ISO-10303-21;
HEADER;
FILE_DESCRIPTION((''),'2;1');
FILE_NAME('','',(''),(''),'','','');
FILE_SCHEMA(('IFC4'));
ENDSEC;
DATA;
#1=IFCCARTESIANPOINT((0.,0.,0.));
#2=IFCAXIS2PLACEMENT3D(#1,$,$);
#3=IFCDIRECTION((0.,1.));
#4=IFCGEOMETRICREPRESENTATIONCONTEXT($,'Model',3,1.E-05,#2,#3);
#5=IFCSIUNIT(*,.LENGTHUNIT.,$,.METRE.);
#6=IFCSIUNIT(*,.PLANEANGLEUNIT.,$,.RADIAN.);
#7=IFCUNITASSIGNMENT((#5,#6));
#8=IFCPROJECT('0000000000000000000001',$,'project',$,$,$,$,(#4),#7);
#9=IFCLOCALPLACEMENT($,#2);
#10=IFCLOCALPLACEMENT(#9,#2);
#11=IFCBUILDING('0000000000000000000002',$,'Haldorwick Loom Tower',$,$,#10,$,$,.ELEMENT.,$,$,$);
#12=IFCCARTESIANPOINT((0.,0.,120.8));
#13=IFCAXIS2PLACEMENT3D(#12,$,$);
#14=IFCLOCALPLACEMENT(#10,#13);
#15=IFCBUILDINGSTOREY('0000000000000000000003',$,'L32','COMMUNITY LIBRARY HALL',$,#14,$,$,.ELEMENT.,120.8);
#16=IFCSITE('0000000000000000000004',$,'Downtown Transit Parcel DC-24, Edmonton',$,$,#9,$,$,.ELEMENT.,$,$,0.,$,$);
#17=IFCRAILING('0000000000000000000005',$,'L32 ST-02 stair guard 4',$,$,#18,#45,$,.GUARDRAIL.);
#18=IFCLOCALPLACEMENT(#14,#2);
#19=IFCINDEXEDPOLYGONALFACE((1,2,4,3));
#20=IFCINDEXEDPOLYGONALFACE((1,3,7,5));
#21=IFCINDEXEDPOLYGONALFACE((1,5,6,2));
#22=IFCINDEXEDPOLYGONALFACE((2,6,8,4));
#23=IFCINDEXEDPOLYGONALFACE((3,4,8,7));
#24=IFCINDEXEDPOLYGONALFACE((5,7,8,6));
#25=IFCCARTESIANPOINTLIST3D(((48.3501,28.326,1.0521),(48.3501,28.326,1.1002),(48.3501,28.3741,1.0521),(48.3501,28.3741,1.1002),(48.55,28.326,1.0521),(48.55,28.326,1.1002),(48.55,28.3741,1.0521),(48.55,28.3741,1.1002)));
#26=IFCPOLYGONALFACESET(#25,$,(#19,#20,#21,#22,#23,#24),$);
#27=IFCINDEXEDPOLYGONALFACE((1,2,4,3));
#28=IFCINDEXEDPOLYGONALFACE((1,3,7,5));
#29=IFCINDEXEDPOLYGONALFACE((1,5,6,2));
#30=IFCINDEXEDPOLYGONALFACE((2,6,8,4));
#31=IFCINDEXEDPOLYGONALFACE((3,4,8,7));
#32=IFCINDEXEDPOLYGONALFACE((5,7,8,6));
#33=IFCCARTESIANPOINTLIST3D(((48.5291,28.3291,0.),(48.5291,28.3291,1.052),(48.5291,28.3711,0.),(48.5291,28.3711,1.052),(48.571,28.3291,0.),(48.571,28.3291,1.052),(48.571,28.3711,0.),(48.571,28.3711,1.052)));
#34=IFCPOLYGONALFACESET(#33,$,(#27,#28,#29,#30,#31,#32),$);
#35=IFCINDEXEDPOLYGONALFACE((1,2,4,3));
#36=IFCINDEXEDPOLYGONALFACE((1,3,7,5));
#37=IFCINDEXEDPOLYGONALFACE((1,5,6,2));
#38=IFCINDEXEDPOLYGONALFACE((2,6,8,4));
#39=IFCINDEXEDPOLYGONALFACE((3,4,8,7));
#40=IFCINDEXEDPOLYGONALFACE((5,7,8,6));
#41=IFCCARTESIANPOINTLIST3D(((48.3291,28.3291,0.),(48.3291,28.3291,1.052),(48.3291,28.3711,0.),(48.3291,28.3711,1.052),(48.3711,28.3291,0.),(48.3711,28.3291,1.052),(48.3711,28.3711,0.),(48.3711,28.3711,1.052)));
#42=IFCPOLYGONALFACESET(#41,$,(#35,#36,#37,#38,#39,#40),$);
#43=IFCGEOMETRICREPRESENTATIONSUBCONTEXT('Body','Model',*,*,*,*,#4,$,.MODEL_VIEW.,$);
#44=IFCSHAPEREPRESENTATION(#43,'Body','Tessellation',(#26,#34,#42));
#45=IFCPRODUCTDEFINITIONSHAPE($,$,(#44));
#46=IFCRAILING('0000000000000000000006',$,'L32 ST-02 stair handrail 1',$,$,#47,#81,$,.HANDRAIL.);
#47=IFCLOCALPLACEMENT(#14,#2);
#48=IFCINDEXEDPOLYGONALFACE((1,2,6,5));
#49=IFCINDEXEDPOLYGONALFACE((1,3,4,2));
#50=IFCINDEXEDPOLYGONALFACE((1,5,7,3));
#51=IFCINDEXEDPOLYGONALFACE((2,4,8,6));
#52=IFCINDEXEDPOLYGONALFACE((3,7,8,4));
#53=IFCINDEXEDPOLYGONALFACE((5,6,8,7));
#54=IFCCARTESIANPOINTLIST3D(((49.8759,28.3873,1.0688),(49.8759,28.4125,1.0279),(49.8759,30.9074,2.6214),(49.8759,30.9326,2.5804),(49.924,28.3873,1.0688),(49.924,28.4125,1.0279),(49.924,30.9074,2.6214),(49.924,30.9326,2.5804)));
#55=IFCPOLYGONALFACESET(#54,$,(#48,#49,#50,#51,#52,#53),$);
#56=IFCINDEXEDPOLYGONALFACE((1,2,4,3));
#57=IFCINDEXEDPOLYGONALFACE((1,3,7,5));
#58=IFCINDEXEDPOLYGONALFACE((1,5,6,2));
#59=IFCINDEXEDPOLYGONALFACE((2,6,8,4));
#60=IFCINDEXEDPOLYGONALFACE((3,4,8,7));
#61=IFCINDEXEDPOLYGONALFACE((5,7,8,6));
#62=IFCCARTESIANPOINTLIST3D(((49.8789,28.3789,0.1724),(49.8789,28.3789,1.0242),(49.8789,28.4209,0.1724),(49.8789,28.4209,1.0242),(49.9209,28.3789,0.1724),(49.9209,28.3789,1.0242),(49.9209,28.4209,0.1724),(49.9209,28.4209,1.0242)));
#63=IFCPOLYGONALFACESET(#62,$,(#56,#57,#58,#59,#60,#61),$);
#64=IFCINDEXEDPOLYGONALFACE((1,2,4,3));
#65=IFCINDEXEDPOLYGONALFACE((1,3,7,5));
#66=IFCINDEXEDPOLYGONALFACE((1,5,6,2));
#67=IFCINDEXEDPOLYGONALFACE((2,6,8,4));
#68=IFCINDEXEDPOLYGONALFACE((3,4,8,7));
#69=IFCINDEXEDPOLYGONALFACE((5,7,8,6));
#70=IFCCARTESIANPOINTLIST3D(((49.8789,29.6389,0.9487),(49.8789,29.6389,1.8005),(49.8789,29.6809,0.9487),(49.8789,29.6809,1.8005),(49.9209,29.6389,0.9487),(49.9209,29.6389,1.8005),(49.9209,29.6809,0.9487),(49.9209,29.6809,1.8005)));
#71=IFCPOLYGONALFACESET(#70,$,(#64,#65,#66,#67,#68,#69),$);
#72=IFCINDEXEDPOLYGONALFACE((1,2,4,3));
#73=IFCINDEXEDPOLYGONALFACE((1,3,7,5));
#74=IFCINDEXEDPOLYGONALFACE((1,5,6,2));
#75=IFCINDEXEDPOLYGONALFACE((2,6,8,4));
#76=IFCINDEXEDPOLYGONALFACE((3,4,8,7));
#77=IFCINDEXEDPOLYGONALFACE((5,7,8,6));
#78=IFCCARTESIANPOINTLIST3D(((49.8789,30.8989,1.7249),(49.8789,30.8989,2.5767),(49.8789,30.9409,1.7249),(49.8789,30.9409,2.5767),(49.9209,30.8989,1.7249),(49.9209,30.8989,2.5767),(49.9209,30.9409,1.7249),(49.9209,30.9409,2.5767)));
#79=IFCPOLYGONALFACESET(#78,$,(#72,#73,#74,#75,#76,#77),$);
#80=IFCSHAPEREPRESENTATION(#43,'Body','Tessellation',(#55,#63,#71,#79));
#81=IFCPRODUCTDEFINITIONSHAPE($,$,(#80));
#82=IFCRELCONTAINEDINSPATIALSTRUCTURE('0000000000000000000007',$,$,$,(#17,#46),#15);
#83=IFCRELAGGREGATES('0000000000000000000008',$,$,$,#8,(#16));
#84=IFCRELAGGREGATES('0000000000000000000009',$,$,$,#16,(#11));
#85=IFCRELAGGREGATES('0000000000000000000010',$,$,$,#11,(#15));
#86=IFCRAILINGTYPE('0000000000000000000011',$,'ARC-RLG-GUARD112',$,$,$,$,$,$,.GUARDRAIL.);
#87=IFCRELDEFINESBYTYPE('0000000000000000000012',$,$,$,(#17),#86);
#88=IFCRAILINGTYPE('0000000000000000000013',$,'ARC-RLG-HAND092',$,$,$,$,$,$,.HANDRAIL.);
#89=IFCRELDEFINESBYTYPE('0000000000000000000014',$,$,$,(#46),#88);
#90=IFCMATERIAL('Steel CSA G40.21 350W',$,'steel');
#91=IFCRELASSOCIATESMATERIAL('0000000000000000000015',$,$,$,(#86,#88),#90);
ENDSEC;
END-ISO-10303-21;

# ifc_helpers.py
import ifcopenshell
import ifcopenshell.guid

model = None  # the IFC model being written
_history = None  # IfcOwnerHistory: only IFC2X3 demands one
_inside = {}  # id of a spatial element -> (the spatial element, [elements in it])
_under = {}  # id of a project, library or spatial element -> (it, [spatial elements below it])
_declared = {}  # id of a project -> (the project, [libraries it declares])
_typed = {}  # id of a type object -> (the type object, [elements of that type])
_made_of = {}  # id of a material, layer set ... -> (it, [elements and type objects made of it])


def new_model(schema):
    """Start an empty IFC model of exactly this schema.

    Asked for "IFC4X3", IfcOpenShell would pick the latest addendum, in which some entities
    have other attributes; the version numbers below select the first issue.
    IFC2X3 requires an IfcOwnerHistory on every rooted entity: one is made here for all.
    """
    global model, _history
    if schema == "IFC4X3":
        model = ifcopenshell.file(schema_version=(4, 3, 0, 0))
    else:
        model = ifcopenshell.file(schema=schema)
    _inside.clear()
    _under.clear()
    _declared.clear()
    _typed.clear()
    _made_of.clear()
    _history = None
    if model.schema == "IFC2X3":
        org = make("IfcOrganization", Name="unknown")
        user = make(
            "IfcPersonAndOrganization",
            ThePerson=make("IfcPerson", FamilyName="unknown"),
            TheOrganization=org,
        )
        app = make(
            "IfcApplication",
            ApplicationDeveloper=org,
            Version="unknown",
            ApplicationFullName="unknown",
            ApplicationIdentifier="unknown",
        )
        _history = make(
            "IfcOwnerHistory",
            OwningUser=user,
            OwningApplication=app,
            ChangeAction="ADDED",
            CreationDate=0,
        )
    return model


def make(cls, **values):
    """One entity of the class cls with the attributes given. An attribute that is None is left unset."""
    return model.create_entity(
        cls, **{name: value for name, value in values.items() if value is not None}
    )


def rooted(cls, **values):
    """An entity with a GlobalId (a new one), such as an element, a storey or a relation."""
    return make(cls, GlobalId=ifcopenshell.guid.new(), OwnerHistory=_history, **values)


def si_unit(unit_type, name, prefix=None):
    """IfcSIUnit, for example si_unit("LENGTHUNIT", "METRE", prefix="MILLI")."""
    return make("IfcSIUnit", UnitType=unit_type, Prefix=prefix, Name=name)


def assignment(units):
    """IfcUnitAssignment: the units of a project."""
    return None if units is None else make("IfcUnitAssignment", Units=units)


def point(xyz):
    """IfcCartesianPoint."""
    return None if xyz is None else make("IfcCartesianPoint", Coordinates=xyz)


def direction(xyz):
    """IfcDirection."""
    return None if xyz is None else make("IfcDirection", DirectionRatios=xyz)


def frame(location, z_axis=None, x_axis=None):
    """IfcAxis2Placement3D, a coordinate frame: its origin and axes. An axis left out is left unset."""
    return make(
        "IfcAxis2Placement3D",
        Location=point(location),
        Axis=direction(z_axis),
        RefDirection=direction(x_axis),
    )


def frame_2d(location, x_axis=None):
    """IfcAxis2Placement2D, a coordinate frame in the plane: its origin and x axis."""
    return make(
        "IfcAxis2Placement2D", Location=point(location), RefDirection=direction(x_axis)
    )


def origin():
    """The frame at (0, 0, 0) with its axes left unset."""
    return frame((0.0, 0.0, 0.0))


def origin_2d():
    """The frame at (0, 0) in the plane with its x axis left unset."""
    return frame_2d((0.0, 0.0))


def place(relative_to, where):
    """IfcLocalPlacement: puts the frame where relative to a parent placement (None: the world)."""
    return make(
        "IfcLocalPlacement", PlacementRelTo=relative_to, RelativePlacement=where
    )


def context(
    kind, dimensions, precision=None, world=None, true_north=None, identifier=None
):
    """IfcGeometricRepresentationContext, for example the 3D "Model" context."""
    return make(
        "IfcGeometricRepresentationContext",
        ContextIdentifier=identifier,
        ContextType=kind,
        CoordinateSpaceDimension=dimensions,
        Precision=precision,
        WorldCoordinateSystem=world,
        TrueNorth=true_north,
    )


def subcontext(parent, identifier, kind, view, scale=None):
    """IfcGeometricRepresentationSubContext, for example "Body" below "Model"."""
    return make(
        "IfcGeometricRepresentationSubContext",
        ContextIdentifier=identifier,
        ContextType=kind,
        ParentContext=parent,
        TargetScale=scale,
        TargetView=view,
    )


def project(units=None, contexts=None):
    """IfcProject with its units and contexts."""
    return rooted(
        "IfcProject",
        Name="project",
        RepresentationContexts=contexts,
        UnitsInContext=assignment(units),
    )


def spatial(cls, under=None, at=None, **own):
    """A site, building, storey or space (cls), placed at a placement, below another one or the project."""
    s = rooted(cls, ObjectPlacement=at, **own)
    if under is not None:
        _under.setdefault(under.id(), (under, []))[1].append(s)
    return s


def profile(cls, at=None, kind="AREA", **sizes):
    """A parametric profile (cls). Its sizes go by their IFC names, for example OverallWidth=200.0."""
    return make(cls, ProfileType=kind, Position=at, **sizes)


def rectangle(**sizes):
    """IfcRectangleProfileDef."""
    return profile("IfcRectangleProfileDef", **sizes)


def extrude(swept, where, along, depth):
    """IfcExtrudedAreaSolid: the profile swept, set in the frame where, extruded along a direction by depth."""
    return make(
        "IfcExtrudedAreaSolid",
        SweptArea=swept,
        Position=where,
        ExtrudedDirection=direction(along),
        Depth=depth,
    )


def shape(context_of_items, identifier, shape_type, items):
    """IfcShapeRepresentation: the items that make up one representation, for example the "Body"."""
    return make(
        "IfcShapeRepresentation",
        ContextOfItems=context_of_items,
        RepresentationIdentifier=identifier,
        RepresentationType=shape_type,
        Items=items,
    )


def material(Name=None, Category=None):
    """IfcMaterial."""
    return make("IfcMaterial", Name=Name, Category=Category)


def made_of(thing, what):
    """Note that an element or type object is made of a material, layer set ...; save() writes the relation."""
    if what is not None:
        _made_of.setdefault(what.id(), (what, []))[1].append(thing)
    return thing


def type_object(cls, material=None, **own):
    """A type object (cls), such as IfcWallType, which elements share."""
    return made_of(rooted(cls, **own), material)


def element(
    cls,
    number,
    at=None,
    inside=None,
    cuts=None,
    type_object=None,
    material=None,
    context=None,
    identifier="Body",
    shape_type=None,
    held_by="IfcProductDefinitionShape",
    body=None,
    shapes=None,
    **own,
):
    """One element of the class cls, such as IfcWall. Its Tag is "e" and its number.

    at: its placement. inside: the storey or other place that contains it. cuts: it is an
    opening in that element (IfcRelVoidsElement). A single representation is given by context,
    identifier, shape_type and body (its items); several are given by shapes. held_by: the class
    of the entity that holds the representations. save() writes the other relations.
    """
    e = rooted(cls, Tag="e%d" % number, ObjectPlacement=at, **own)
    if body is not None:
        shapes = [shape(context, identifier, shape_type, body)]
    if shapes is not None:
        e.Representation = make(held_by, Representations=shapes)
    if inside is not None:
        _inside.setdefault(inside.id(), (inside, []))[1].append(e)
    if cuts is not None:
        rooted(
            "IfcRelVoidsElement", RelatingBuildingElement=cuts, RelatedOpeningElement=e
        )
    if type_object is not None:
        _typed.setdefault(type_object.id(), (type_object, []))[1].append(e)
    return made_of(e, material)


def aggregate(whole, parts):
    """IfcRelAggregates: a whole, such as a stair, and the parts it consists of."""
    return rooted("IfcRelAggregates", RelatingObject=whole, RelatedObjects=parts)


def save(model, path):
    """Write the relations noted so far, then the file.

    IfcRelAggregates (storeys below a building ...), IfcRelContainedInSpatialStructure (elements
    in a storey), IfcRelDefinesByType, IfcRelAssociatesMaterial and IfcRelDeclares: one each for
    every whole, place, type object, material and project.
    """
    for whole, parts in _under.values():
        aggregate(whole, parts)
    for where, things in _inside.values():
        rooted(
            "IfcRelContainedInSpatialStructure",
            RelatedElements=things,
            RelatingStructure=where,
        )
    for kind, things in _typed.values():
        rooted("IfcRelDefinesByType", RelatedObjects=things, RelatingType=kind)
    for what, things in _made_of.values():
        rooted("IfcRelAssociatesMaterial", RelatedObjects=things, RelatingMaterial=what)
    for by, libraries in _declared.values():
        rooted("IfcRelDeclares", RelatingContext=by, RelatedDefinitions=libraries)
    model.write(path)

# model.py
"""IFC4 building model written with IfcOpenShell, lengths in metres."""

from ifc_helpers import new_model, si_unit, direction, frame, origin, origin_2d, place, context, subcontext, project, spatial, rectangle, extrude, material, type_object, element, save


model = new_model("IFC4")

# Units and contexts
model_context = context("Model", 3, precision=1e-05, world=origin(), true_north=direction((0.0, 1.0)))
body_context = subcontext(model_context, "Body", "Model", "MODEL_VIEW")
ifc_project = project(units=[si_unit("LENGTHUNIT", "METRE"), si_unit("PLANEANGLEUNIT", "RADIAN")], contexts=[model_context])

# Site, building, storey
site_placement = place(None, origin())
site = spatial("IfcSite", under=ifc_project, at=site_placement, Name="Downtown Transit Parcel DC-24, Edmonton", CompositionType="ELEMENT", RefElevation=0.0)
building_placement = place(site_placement, origin())
building = spatial("IfcBuilding", under=site, at=building_placement, Name="Haldorwick Loom Tower", CompositionType="ELEMENT")
storey_placement = place(building_placement, frame((0.0, 0.0, 120.8)))
storey = spatial("IfcBuildingStorey", under=building, at=storey_placement, Name="L32", Description="COMMUNITY LIBRARY HALL", CompositionType="ELEMENT", Elevation=120.8)

# Shared definitions
ifc_material_1 = material(Name="Steel CSA G40.21 350W", Category="steel")

# Railings
railing_type_1 = type_object("IfcRailingType", Name="ARC-RLG-GUARD112", PredefinedType="GUARDRAIL", material=ifc_material_1)
railing_1_placement = place(storey_placement, frame((48.55, 28.3501, 0.0)))
element("IfcRailing", 1, at=railing_1_placement, inside=storey, type_object=railing_type_1, Name="L32 ST-02 stair guard 4", PredefinedType="GUARDRAIL", context=body_context, shape_type="SweptSolid", body=[
    extrude(rectangle(XDim=0.0481, YDim=0.0481, at=origin_2d()), frame((0.0, 0.0, 1.0762), z_axis=(-1.0, 0.0, 0.0), x_axis=(0.0, -1.0, 0.0)), (0.0, 0.0, 1.0), 0.2),
    extrude(rectangle(XDim=0.042, YDim=0.042, at=origin_2d()), origin(), (0.0, 0.0, 1.0), 1.052),
    extrude(rectangle(XDim=0.042, YDim=0.042, at=origin_2d()), frame((-0.2, 0.0, 0.0)), (0.0, 0.0, 1.0), 1.052),
])
railing_type_2 = type_object("IfcRailingType", Name="ARC-RLG-HAND092", PredefinedType="HANDRAIL", material=ifc_material_1)
railing_2_placement = place(storey_placement, frame((49.8999, 28.3999, 0.1724)))
element("IfcRailing", 2, at=railing_2_placement, inside=storey, type_object=railing_type_2, Name="L32 ST-02 stair handrail 1", PredefinedType="HANDRAIL", context=body_context, shape_type="SweptSolid", body=[
    extrude(rectangle(XDim=0.0481, YDim=0.0481, at=origin_2d()), frame((0.0, 0.0, 0.876), z_axis=(0.0, 0.8514, 0.524516), x_axis=(-1.0, 0.0, 0.0)), (0.0, 0.0, 1.0), 2.96),
    extrude(rectangle(XDim=0.042, YDim=0.042, at=origin_2d()), origin(), (0.0, 0.0, 1.0), 0.8518),
    extrude(rectangle(XDim=0.042, YDim=0.042, at=origin_2d()), frame((0.0, 1.26, 0.7764)), (0.0, 0.0, 1.0), 0.8518),
    extrude(rectangle(XDim=0.042, YDim=0.042, at=origin_2d()), frame((0.0, 2.52, 1.5525)), (0.0, 0.0, 1.0), 0.8518),
])

save(model, "model.ifc")
